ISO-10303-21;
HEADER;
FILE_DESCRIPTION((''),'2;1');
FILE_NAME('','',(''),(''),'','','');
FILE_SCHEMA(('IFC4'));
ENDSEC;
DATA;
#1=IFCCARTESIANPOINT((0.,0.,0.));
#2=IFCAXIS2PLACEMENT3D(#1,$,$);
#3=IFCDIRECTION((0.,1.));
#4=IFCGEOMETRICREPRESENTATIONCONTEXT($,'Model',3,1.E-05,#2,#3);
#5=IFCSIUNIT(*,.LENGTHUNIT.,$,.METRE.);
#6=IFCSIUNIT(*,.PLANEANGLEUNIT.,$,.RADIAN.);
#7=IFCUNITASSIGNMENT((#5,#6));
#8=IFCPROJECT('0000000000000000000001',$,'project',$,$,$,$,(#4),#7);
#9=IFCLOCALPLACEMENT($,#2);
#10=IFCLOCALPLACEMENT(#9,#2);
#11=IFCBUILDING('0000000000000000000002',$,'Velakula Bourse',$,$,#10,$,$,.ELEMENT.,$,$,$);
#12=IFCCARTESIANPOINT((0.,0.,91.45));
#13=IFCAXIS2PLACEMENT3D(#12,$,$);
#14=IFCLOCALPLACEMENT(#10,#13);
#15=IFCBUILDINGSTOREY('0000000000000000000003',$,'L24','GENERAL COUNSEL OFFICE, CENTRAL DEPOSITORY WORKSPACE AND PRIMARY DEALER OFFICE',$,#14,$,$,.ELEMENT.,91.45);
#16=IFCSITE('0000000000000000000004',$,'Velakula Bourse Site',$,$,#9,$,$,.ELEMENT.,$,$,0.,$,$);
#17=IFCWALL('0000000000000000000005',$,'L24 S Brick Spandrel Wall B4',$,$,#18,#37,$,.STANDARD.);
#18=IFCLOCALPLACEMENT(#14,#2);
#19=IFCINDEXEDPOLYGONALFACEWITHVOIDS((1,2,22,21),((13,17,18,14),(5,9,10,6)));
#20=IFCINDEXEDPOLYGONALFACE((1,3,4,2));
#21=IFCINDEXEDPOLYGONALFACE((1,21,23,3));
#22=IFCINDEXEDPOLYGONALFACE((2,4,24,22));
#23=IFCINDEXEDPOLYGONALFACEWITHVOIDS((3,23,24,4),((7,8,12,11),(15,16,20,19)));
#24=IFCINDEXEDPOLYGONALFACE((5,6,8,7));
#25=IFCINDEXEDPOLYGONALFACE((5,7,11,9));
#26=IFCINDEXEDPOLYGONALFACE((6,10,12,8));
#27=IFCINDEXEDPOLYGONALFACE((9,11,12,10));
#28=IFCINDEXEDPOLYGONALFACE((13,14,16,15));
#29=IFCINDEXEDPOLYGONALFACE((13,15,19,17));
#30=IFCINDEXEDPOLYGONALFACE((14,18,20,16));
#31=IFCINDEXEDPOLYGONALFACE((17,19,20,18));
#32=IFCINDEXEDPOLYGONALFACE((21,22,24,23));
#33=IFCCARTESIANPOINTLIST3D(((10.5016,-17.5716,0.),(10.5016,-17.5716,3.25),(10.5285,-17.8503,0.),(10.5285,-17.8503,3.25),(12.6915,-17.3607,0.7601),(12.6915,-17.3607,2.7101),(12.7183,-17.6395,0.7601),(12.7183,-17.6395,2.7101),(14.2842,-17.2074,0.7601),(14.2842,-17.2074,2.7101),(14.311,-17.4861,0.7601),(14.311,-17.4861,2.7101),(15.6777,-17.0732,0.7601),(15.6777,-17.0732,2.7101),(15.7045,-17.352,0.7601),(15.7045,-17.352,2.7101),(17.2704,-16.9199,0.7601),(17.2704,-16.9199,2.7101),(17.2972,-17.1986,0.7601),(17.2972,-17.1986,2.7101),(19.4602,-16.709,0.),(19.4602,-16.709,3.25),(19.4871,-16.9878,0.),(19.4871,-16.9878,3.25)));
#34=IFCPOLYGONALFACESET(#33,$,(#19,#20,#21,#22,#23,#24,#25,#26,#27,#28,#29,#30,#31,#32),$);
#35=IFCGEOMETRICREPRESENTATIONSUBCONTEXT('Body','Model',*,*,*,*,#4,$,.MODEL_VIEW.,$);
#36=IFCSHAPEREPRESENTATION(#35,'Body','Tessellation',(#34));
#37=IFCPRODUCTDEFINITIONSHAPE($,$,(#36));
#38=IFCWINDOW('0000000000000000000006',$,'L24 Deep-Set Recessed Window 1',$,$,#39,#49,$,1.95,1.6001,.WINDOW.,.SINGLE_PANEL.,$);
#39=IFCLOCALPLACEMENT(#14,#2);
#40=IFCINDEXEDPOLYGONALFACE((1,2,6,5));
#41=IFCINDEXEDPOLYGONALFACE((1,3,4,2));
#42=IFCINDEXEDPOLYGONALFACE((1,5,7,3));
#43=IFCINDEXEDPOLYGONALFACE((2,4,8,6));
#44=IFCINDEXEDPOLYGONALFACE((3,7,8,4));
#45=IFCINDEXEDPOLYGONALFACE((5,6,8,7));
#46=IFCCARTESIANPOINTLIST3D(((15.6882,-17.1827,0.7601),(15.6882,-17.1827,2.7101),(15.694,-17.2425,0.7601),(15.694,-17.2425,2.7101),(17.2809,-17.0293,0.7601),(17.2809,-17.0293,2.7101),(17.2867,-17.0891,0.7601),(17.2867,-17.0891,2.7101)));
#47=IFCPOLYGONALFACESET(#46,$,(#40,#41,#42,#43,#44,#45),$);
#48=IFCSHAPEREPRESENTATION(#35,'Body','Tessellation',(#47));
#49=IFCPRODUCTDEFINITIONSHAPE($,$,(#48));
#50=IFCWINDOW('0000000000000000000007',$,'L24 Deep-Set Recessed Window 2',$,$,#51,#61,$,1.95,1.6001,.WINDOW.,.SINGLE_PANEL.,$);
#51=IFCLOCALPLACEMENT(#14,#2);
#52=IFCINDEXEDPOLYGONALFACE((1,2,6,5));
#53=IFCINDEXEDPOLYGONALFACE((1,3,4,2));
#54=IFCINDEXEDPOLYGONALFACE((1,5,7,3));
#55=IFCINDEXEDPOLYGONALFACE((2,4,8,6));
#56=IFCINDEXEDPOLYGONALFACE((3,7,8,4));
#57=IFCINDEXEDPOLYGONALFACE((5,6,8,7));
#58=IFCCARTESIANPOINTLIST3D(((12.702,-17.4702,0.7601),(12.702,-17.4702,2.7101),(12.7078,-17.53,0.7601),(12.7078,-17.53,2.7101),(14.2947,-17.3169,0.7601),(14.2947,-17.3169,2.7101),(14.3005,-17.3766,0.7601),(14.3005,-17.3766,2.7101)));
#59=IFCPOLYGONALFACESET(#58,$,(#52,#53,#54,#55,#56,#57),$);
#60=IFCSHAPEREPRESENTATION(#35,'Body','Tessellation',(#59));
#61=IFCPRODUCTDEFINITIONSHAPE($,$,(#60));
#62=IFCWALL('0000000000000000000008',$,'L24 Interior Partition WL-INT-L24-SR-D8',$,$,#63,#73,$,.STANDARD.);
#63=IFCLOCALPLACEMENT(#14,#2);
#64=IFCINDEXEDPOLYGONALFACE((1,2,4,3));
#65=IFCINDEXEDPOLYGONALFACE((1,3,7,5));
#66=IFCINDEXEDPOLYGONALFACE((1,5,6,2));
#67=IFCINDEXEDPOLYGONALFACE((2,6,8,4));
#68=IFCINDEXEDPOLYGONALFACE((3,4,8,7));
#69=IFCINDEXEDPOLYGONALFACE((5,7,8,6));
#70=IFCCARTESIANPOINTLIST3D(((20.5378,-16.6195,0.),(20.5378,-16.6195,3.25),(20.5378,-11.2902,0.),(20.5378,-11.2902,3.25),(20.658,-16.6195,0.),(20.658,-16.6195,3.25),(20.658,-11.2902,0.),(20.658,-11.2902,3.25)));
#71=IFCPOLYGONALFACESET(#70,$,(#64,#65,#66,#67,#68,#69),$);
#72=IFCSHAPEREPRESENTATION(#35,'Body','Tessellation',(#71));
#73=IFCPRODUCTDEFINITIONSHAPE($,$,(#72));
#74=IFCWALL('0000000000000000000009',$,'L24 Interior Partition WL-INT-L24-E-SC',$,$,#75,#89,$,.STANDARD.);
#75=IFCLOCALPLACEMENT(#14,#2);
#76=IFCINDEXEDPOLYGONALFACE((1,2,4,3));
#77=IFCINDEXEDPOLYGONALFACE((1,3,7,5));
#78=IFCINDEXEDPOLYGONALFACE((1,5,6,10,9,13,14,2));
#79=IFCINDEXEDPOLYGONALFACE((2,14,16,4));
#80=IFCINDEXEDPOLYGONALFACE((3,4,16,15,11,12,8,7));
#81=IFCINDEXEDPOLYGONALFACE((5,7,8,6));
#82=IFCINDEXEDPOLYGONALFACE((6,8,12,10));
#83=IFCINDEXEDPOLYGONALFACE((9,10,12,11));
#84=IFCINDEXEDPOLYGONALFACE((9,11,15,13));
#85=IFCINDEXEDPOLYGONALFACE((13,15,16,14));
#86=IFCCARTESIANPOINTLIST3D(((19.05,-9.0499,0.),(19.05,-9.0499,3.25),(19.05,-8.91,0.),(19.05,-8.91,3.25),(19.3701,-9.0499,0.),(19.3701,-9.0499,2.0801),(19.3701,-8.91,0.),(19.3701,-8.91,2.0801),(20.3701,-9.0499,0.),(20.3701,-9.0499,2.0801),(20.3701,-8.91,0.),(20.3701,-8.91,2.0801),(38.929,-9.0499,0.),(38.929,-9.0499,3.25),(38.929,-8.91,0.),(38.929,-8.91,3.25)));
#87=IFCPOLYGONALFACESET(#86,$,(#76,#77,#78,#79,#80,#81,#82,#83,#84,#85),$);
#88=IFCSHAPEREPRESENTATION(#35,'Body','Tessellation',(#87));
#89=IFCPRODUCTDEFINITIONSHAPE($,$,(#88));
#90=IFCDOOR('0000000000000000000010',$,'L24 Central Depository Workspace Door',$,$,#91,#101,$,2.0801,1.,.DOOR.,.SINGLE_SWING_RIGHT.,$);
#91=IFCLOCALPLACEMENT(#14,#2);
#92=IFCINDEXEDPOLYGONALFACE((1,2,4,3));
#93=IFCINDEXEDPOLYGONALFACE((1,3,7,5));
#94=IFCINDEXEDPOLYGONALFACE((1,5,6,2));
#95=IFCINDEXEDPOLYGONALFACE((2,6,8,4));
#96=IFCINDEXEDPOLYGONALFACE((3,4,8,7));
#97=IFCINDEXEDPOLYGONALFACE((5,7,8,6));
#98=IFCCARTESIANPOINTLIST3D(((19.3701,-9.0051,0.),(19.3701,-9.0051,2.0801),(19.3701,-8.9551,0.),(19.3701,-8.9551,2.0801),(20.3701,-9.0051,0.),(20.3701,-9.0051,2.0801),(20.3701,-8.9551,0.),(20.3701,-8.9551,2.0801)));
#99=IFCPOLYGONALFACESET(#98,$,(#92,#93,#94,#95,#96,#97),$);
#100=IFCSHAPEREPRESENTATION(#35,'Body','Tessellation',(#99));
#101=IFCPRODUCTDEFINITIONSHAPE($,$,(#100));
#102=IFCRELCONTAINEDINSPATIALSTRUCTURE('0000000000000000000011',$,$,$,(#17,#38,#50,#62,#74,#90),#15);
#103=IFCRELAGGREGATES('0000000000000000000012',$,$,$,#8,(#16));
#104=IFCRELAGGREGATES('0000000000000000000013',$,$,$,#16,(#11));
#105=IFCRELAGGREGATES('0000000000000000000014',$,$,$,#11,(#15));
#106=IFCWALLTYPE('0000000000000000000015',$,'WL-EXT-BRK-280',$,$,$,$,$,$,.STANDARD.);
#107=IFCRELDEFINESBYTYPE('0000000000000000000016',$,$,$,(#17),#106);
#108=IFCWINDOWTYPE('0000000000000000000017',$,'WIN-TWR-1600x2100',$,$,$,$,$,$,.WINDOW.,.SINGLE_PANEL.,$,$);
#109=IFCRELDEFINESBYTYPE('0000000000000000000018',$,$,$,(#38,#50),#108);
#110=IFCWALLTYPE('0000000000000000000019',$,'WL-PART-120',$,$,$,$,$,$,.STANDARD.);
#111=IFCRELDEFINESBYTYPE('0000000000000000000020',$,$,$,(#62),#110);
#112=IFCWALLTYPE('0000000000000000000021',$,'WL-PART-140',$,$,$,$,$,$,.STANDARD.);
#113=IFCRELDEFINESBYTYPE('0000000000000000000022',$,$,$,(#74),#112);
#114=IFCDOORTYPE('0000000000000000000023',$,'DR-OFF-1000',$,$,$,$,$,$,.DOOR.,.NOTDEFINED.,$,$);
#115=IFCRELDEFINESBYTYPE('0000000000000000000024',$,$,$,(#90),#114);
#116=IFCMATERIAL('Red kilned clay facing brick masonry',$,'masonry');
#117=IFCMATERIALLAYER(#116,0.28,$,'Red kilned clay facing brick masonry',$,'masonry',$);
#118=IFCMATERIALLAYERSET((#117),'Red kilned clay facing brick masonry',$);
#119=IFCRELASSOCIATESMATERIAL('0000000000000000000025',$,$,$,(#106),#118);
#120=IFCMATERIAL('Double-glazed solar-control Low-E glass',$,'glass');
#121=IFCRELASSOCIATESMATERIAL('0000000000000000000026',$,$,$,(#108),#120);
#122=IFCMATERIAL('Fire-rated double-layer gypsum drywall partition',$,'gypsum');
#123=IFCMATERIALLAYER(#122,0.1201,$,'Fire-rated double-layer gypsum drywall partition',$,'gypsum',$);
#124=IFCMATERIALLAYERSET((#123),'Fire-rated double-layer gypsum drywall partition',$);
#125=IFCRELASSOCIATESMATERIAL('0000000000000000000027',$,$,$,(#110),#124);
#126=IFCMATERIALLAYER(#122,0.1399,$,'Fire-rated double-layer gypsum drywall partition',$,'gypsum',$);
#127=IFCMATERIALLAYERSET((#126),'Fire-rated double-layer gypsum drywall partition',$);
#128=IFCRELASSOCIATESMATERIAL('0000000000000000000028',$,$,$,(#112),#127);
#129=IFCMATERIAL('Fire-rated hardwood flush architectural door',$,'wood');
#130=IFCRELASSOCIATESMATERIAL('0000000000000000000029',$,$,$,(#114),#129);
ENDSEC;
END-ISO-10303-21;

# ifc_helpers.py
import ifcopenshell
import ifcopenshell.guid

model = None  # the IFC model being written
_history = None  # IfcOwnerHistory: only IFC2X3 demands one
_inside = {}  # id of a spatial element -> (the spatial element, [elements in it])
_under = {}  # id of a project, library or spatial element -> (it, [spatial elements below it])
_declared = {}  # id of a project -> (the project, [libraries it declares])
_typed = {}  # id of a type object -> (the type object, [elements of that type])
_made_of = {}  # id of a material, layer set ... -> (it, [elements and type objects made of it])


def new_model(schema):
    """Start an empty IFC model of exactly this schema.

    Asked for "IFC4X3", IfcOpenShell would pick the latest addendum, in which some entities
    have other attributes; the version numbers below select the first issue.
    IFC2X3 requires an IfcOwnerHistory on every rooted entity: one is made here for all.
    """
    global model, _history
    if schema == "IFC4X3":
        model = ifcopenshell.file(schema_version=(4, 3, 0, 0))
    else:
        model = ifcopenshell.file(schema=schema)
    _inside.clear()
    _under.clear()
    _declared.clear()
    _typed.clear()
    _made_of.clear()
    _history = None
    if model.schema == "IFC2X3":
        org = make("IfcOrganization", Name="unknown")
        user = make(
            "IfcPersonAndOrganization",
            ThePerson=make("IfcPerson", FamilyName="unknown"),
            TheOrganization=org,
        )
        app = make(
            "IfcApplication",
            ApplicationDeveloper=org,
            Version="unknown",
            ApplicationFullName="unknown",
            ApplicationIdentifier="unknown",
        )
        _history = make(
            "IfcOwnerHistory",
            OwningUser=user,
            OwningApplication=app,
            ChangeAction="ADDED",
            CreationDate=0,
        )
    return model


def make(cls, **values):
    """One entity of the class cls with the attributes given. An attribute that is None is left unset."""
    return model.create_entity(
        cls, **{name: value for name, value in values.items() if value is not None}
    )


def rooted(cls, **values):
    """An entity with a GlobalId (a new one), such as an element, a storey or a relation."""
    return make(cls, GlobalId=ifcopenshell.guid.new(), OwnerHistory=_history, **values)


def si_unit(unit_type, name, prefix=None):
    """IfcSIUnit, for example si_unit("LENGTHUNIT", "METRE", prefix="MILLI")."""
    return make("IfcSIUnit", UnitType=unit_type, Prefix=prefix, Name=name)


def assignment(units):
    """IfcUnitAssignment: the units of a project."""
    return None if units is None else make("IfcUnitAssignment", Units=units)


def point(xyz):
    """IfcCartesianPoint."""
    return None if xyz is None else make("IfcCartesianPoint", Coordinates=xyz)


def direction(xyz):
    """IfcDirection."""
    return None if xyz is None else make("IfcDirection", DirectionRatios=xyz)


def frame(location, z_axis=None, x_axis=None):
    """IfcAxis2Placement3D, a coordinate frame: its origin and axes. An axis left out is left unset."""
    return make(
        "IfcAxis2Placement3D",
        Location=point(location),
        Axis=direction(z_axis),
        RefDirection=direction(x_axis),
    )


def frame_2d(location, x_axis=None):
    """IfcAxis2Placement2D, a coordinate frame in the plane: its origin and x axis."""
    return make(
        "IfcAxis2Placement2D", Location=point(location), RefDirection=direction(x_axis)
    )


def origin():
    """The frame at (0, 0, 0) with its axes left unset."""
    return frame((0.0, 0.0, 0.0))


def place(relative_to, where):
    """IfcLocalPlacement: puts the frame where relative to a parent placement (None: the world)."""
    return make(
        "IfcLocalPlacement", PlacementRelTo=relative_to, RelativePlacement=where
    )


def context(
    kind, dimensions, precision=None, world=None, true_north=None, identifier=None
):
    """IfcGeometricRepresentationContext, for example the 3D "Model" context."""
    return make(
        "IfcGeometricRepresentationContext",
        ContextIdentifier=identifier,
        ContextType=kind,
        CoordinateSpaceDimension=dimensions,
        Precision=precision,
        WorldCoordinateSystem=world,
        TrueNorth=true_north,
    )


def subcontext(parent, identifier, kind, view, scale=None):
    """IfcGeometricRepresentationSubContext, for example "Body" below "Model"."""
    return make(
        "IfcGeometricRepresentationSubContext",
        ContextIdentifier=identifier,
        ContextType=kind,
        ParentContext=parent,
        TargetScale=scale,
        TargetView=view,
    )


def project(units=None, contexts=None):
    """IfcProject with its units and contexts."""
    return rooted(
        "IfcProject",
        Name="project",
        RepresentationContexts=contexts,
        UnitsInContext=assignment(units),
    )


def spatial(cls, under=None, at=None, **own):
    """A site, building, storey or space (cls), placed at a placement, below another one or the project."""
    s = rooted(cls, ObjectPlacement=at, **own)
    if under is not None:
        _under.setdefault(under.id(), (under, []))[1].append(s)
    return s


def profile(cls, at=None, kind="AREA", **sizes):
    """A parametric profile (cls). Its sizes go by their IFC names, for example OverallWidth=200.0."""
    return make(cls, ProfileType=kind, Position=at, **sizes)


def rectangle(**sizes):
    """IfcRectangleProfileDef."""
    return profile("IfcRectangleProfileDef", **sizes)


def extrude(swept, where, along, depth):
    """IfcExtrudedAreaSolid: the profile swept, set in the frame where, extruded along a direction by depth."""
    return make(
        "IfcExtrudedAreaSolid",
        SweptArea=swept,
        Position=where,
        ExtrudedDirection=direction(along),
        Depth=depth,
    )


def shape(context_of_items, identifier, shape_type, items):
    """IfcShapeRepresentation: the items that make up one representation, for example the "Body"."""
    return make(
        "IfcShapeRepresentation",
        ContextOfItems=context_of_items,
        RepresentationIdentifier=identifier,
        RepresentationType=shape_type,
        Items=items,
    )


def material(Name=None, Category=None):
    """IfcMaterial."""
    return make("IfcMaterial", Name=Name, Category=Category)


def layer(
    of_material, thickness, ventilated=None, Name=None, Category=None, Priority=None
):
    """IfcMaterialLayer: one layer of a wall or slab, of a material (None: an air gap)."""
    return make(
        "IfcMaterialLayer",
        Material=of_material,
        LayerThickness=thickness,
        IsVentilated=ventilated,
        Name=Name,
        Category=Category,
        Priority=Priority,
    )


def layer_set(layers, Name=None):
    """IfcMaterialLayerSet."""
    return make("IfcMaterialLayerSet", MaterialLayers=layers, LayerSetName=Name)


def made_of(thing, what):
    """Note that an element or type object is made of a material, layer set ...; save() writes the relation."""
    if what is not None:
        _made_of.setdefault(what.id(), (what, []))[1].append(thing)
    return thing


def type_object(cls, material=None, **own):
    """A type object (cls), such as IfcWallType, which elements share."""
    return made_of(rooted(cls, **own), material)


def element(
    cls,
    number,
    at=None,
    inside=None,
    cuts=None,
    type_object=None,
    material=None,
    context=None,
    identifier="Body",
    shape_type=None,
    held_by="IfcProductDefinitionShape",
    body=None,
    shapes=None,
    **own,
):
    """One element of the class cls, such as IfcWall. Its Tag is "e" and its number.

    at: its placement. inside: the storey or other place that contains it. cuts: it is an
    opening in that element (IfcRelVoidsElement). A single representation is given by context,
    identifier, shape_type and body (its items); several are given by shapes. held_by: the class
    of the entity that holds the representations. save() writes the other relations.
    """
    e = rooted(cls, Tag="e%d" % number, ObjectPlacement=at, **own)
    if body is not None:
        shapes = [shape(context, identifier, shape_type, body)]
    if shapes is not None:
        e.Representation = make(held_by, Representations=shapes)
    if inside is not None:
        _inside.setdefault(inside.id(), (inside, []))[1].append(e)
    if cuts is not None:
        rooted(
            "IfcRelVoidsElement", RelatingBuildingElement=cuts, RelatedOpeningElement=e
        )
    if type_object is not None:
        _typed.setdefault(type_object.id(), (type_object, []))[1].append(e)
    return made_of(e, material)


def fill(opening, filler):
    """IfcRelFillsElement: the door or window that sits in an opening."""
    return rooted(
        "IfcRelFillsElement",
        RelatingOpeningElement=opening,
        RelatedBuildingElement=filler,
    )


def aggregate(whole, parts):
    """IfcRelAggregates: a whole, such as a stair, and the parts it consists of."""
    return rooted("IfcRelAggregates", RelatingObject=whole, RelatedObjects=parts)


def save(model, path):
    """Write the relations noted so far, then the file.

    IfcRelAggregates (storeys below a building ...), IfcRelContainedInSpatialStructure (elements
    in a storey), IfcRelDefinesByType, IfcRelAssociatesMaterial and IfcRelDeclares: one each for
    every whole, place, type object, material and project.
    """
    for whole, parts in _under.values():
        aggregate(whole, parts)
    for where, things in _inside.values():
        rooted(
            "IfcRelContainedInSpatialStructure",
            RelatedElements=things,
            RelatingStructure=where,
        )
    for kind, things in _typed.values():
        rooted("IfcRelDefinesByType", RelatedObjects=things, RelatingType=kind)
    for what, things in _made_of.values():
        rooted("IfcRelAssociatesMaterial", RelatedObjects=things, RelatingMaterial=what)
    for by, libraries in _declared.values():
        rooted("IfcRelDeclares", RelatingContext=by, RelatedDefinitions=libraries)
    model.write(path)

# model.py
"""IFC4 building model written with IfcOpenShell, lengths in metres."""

from ifc_helpers import new_model, si_unit, direction, frame, frame_2d, origin, place, context, subcontext, project, spatial, rectangle, extrude, material, layer, layer_set, type_object, element, fill, save


model = new_model("IFC4")

# Units and contexts
model_context = context("Model", 3, precision=1e-05, world=origin(), true_north=direction((0.0, 1.0)))
body_context = subcontext(model_context, "Body", "Model", "MODEL_VIEW")
ifc_project = project(units=[si_unit("LENGTHUNIT", "METRE"), si_unit("PLANEANGLEUNIT", "RADIAN")], contexts=[model_context])

# Site, building, storey
site_placement = place(None, origin())
site = spatial("IfcSite", under=ifc_project, at=site_placement, Name="Velakula Bourse Site", CompositionType="ELEMENT", RefElevation=0.0)
building_placement = place(site_placement, origin())
building = spatial("IfcBuilding", under=site, at=building_placement, Name="Velakula Bourse", CompositionType="ELEMENT")
storey_placement = place(building_placement, frame((0.0, 0.0, 91.45)))
storey = spatial("IfcBuildingStorey", under=building, at=storey_placement, Name="L24", Description="GENERAL COUNSEL OFFICE, CENTRAL DEPOSITORY WORKSPACE AND PRIMARY DEALER OFFICE", CompositionType="ELEMENT", Elevation=91.45)

# Wall, openings, windows
ifc_material_1 = material(Name="Red kilned clay facing brick masonry", Category="masonry")
ifc_layer_1 = layer(ifc_material_1, 0.28, Name="Red kilned clay facing brick masonry", Category="masonry")
ifc_layer_set_1 = layer_set([ifc_layer_1], Name="Red kilned clay facing brick masonry")
wall_type_1 = type_object("IfcWallType", Name="WL-EXT-BRK-280", PredefinedType="STANDARD", material=ifc_layer_set_1)
wall_1_placement = place(storey_placement, frame((19.4736, -16.8484, 0.0), z_axis=(0.0, 0.0, 1.0), x_axis=(-0.995397, -0.09584, 0.0)))
wall_1 = element("IfcWall", 1, at=wall_1_placement, inside=storey, type_object=wall_type_1, Name="L24 S Brick Spandrel Wall B4", PredefinedType="STANDARD", context=body_context, shape_type="SweptSolid", body=[
    extrude(rectangle(XDim=9.0, YDim=0.28, at=frame_2d((4.5, 0.0))), origin(), (0.0, 0.0, 1.0), 3.25),
])
opening_1_placement = place(wall_1_placement, frame((2.2, 0.0, 0.76)))
opening_1 = element("IfcOpeningElement", 2, at=opening_1_placement, cuts=wall_1, PredefinedType="OPENING", context=body_context, shape_type="SweptSolid", body=[
    extrude(rectangle(XDim=1.6001, YDim=1.95, at=frame_2d((0.8, 0.9751))), frame((0.0, 0.1499, 0.0), z_axis=(0.0, -1.0, 0.0), x_axis=(1.0, 0.0, 0.0)), (0.0, 0.0, 1.0), 0.3),
])
opening_2_placement = place(wall_1_placement, frame((5.2, 0.0, 0.76)))
opening_2 = element("IfcOpeningElement", 3, at=opening_2_placement, cuts=wall_1, PredefinedType="OPENING", context=body_context, shape_type="SweptSolid", body=[
    extrude(rectangle(XDim=1.6001, YDim=1.95, at=frame_2d((0.8, 0.9751))), frame((0.0, 0.1499, 0.0), z_axis=(0.0, -1.0, 0.0), x_axis=(1.0, 0.0, 0.0)), (0.0, 0.0, 1.0), 0.3),
])
ifc_material_2 = material(Name="Double-glazed solar-control Low-E glass", Category="glass")
window_type = type_object("IfcWindowType", Name="WIN-TWR-1600x2100", PartitioningType="SINGLE_PANEL", PredefinedType="WINDOW", material=ifc_material_2)
window_1_placement = place(opening_1_placement, origin())
window_1 = element("IfcWindow", 4, at=window_1_placement, inside=storey, type_object=window_type, Name="L24 Deep-Set Recessed Window 1", OverallHeight=1.95, OverallWidth=1.6001, PartitioningType="SINGLE_PANEL", PredefinedType="WINDOW", context=body_context, shape_type="SweptSolid", body=[
    extrude(rectangle(XDim=1.6001, YDim=1.95, at=frame_2d((0.8, 0.9751))), frame((0.0, 0.03, 0.0), z_axis=(0.0, -1.0, 0.0), x_axis=(1.0, 0.0, 0.0)), (0.0, 0.0, 1.0), 0.0601),
])
fill(opening_1, window_1)
window_2_placement = place(opening_2_placement, origin())
window_2 = element("IfcWindow", 5, at=window_2_placement, inside=storey, type_object=window_type, Name="L24 Deep-Set Recessed Window 2", OverallHeight=1.95, OverallWidth=1.6001, PartitioningType="SINGLE_PANEL", PredefinedType="WINDOW", context=body_context, shape_type="SweptSolid", body=[
    extrude(rectangle(XDim=1.6001, YDim=1.95, at=frame_2d((0.8, 0.9751))), frame((0.0, 0.03, 0.0), z_axis=(0.0, -1.0, 0.0), x_axis=(1.0, 0.0, 0.0)), (0.0, 0.0, 1.0), 0.0601),
])
fill(opening_2, window_2)

# Wall
ifc_material_3 = material(Name="Fire-rated double-layer gypsum drywall partition", Category="gypsum")
ifc_layer_2 = layer(ifc_material_3, 0.1201, Name="Fire-rated double-layer gypsum drywall partition", Category="gypsum")
ifc_layer_set_2 = layer_set([ifc_layer_2], Name="Fire-rated double-layer gypsum drywall partition")
wall_type_2 = type_object("IfcWallType", Name="WL-PART-120", PredefinedType="STANDARD", material=ifc_layer_set_2)
wall_2_placement = place(storey_placement, frame((20.5979, -16.6194, 0.0), z_axis=(0.0, 0.0, 1.0), x_axis=(0.0, 1.0, 0.0)))
element("IfcWall", 6, at=wall_2_placement, inside=storey, type_object=wall_type_2, Name="L24 Interior Partition WL-INT-L24-SR-D8", PredefinedType="STANDARD", context=body_context, shape_type="SweptSolid", body=[
    extrude(rectangle(XDim=5.3293, YDim=0.1201, at=frame_2d((2.6646, 0.0))), origin(), (0.0, 0.0, 1.0), 3.25),
])

# Wall, opening, door
ifc_layer_3 = layer(ifc_material_3, 0.1399, Name="Fire-rated double-layer gypsum drywall partition", Category="gypsum")
ifc_layer_set_3 = layer_set([ifc_layer_3], Name="Fire-rated double-layer gypsum drywall partition")
wall_type_3 = type_object("IfcWallType", Name="WL-PART-140", PredefinedType="STANDARD", material=ifc_layer_set_3)
wall_3_placement = place(storey_placement, frame((19.05, -8.98, 0.0), z_axis=(0.0, 0.0, 1.0), x_axis=(1.0, 0.0, 0.0)))
wall_3 = element("IfcWall", 7, at=wall_3_placement, inside=storey, type_object=wall_type_3, Name="L24 Interior Partition WL-INT-L24-E-SC", PredefinedType="STANDARD", context=body_context, shape_type="SweptSolid", body=[
    extrude(rectangle(XDim=19.8789, YDim=0.1399, at=frame_2d((9.9395, 0.0))), origin(), (0.0, 0.0, 1.0), 3.25),
])
opening_3_placement = place(wall_3_placement, frame((0.3201, 0.0, 0.0)))
opening_3 = element("IfcOpeningElement", 8, at=opening_3_placement, cuts=wall_3, PredefinedType="OPENING", context=body_context, shape_type="SweptSolid", body=[
    extrude(rectangle(XDim=1.0, YDim=2.0801, at=frame_2d((0.5, 1.04))), frame((0.0, 0.0798, 0.0), z_axis=(0.0, -1.0, 0.0), x_axis=(1.0, 0.0, 0.0)), (0.0, 0.0, 1.0), 0.1599),
])
ifc_material_4 = material(Name="Fire-rated hardwood flush architectural door", Category="wood")
door_type = type_object("IfcDoorType", Name="DR-OFF-1000", OperationType="NOTDEFINED", PredefinedType="DOOR", material=ifc_material_4)
door_placement = place(opening_3_placement, origin())
door = element("IfcDoor", 9, at=door_placement, inside=storey, type_object=door_type, Name="L24 Central Depository Workspace Door", OperationType="SINGLE_SWING_RIGHT", OverallHeight=2.0801, OverallWidth=1.0, PredefinedType="DOOR", context=body_context, shape_type="SweptSolid", body=[
    extrude(rectangle(XDim=1.0, YDim=2.0801, at=frame_2d((0.5, 1.04))), frame((0.0, 0.0249, 0.0), z_axis=(0.0, -1.0, 0.0), x_axis=(1.0, 0.0, 0.0)), (0.0, 0.0, 1.0), 0.05),
])
fill(opening_3, door)

save(model, "model.ifc")
